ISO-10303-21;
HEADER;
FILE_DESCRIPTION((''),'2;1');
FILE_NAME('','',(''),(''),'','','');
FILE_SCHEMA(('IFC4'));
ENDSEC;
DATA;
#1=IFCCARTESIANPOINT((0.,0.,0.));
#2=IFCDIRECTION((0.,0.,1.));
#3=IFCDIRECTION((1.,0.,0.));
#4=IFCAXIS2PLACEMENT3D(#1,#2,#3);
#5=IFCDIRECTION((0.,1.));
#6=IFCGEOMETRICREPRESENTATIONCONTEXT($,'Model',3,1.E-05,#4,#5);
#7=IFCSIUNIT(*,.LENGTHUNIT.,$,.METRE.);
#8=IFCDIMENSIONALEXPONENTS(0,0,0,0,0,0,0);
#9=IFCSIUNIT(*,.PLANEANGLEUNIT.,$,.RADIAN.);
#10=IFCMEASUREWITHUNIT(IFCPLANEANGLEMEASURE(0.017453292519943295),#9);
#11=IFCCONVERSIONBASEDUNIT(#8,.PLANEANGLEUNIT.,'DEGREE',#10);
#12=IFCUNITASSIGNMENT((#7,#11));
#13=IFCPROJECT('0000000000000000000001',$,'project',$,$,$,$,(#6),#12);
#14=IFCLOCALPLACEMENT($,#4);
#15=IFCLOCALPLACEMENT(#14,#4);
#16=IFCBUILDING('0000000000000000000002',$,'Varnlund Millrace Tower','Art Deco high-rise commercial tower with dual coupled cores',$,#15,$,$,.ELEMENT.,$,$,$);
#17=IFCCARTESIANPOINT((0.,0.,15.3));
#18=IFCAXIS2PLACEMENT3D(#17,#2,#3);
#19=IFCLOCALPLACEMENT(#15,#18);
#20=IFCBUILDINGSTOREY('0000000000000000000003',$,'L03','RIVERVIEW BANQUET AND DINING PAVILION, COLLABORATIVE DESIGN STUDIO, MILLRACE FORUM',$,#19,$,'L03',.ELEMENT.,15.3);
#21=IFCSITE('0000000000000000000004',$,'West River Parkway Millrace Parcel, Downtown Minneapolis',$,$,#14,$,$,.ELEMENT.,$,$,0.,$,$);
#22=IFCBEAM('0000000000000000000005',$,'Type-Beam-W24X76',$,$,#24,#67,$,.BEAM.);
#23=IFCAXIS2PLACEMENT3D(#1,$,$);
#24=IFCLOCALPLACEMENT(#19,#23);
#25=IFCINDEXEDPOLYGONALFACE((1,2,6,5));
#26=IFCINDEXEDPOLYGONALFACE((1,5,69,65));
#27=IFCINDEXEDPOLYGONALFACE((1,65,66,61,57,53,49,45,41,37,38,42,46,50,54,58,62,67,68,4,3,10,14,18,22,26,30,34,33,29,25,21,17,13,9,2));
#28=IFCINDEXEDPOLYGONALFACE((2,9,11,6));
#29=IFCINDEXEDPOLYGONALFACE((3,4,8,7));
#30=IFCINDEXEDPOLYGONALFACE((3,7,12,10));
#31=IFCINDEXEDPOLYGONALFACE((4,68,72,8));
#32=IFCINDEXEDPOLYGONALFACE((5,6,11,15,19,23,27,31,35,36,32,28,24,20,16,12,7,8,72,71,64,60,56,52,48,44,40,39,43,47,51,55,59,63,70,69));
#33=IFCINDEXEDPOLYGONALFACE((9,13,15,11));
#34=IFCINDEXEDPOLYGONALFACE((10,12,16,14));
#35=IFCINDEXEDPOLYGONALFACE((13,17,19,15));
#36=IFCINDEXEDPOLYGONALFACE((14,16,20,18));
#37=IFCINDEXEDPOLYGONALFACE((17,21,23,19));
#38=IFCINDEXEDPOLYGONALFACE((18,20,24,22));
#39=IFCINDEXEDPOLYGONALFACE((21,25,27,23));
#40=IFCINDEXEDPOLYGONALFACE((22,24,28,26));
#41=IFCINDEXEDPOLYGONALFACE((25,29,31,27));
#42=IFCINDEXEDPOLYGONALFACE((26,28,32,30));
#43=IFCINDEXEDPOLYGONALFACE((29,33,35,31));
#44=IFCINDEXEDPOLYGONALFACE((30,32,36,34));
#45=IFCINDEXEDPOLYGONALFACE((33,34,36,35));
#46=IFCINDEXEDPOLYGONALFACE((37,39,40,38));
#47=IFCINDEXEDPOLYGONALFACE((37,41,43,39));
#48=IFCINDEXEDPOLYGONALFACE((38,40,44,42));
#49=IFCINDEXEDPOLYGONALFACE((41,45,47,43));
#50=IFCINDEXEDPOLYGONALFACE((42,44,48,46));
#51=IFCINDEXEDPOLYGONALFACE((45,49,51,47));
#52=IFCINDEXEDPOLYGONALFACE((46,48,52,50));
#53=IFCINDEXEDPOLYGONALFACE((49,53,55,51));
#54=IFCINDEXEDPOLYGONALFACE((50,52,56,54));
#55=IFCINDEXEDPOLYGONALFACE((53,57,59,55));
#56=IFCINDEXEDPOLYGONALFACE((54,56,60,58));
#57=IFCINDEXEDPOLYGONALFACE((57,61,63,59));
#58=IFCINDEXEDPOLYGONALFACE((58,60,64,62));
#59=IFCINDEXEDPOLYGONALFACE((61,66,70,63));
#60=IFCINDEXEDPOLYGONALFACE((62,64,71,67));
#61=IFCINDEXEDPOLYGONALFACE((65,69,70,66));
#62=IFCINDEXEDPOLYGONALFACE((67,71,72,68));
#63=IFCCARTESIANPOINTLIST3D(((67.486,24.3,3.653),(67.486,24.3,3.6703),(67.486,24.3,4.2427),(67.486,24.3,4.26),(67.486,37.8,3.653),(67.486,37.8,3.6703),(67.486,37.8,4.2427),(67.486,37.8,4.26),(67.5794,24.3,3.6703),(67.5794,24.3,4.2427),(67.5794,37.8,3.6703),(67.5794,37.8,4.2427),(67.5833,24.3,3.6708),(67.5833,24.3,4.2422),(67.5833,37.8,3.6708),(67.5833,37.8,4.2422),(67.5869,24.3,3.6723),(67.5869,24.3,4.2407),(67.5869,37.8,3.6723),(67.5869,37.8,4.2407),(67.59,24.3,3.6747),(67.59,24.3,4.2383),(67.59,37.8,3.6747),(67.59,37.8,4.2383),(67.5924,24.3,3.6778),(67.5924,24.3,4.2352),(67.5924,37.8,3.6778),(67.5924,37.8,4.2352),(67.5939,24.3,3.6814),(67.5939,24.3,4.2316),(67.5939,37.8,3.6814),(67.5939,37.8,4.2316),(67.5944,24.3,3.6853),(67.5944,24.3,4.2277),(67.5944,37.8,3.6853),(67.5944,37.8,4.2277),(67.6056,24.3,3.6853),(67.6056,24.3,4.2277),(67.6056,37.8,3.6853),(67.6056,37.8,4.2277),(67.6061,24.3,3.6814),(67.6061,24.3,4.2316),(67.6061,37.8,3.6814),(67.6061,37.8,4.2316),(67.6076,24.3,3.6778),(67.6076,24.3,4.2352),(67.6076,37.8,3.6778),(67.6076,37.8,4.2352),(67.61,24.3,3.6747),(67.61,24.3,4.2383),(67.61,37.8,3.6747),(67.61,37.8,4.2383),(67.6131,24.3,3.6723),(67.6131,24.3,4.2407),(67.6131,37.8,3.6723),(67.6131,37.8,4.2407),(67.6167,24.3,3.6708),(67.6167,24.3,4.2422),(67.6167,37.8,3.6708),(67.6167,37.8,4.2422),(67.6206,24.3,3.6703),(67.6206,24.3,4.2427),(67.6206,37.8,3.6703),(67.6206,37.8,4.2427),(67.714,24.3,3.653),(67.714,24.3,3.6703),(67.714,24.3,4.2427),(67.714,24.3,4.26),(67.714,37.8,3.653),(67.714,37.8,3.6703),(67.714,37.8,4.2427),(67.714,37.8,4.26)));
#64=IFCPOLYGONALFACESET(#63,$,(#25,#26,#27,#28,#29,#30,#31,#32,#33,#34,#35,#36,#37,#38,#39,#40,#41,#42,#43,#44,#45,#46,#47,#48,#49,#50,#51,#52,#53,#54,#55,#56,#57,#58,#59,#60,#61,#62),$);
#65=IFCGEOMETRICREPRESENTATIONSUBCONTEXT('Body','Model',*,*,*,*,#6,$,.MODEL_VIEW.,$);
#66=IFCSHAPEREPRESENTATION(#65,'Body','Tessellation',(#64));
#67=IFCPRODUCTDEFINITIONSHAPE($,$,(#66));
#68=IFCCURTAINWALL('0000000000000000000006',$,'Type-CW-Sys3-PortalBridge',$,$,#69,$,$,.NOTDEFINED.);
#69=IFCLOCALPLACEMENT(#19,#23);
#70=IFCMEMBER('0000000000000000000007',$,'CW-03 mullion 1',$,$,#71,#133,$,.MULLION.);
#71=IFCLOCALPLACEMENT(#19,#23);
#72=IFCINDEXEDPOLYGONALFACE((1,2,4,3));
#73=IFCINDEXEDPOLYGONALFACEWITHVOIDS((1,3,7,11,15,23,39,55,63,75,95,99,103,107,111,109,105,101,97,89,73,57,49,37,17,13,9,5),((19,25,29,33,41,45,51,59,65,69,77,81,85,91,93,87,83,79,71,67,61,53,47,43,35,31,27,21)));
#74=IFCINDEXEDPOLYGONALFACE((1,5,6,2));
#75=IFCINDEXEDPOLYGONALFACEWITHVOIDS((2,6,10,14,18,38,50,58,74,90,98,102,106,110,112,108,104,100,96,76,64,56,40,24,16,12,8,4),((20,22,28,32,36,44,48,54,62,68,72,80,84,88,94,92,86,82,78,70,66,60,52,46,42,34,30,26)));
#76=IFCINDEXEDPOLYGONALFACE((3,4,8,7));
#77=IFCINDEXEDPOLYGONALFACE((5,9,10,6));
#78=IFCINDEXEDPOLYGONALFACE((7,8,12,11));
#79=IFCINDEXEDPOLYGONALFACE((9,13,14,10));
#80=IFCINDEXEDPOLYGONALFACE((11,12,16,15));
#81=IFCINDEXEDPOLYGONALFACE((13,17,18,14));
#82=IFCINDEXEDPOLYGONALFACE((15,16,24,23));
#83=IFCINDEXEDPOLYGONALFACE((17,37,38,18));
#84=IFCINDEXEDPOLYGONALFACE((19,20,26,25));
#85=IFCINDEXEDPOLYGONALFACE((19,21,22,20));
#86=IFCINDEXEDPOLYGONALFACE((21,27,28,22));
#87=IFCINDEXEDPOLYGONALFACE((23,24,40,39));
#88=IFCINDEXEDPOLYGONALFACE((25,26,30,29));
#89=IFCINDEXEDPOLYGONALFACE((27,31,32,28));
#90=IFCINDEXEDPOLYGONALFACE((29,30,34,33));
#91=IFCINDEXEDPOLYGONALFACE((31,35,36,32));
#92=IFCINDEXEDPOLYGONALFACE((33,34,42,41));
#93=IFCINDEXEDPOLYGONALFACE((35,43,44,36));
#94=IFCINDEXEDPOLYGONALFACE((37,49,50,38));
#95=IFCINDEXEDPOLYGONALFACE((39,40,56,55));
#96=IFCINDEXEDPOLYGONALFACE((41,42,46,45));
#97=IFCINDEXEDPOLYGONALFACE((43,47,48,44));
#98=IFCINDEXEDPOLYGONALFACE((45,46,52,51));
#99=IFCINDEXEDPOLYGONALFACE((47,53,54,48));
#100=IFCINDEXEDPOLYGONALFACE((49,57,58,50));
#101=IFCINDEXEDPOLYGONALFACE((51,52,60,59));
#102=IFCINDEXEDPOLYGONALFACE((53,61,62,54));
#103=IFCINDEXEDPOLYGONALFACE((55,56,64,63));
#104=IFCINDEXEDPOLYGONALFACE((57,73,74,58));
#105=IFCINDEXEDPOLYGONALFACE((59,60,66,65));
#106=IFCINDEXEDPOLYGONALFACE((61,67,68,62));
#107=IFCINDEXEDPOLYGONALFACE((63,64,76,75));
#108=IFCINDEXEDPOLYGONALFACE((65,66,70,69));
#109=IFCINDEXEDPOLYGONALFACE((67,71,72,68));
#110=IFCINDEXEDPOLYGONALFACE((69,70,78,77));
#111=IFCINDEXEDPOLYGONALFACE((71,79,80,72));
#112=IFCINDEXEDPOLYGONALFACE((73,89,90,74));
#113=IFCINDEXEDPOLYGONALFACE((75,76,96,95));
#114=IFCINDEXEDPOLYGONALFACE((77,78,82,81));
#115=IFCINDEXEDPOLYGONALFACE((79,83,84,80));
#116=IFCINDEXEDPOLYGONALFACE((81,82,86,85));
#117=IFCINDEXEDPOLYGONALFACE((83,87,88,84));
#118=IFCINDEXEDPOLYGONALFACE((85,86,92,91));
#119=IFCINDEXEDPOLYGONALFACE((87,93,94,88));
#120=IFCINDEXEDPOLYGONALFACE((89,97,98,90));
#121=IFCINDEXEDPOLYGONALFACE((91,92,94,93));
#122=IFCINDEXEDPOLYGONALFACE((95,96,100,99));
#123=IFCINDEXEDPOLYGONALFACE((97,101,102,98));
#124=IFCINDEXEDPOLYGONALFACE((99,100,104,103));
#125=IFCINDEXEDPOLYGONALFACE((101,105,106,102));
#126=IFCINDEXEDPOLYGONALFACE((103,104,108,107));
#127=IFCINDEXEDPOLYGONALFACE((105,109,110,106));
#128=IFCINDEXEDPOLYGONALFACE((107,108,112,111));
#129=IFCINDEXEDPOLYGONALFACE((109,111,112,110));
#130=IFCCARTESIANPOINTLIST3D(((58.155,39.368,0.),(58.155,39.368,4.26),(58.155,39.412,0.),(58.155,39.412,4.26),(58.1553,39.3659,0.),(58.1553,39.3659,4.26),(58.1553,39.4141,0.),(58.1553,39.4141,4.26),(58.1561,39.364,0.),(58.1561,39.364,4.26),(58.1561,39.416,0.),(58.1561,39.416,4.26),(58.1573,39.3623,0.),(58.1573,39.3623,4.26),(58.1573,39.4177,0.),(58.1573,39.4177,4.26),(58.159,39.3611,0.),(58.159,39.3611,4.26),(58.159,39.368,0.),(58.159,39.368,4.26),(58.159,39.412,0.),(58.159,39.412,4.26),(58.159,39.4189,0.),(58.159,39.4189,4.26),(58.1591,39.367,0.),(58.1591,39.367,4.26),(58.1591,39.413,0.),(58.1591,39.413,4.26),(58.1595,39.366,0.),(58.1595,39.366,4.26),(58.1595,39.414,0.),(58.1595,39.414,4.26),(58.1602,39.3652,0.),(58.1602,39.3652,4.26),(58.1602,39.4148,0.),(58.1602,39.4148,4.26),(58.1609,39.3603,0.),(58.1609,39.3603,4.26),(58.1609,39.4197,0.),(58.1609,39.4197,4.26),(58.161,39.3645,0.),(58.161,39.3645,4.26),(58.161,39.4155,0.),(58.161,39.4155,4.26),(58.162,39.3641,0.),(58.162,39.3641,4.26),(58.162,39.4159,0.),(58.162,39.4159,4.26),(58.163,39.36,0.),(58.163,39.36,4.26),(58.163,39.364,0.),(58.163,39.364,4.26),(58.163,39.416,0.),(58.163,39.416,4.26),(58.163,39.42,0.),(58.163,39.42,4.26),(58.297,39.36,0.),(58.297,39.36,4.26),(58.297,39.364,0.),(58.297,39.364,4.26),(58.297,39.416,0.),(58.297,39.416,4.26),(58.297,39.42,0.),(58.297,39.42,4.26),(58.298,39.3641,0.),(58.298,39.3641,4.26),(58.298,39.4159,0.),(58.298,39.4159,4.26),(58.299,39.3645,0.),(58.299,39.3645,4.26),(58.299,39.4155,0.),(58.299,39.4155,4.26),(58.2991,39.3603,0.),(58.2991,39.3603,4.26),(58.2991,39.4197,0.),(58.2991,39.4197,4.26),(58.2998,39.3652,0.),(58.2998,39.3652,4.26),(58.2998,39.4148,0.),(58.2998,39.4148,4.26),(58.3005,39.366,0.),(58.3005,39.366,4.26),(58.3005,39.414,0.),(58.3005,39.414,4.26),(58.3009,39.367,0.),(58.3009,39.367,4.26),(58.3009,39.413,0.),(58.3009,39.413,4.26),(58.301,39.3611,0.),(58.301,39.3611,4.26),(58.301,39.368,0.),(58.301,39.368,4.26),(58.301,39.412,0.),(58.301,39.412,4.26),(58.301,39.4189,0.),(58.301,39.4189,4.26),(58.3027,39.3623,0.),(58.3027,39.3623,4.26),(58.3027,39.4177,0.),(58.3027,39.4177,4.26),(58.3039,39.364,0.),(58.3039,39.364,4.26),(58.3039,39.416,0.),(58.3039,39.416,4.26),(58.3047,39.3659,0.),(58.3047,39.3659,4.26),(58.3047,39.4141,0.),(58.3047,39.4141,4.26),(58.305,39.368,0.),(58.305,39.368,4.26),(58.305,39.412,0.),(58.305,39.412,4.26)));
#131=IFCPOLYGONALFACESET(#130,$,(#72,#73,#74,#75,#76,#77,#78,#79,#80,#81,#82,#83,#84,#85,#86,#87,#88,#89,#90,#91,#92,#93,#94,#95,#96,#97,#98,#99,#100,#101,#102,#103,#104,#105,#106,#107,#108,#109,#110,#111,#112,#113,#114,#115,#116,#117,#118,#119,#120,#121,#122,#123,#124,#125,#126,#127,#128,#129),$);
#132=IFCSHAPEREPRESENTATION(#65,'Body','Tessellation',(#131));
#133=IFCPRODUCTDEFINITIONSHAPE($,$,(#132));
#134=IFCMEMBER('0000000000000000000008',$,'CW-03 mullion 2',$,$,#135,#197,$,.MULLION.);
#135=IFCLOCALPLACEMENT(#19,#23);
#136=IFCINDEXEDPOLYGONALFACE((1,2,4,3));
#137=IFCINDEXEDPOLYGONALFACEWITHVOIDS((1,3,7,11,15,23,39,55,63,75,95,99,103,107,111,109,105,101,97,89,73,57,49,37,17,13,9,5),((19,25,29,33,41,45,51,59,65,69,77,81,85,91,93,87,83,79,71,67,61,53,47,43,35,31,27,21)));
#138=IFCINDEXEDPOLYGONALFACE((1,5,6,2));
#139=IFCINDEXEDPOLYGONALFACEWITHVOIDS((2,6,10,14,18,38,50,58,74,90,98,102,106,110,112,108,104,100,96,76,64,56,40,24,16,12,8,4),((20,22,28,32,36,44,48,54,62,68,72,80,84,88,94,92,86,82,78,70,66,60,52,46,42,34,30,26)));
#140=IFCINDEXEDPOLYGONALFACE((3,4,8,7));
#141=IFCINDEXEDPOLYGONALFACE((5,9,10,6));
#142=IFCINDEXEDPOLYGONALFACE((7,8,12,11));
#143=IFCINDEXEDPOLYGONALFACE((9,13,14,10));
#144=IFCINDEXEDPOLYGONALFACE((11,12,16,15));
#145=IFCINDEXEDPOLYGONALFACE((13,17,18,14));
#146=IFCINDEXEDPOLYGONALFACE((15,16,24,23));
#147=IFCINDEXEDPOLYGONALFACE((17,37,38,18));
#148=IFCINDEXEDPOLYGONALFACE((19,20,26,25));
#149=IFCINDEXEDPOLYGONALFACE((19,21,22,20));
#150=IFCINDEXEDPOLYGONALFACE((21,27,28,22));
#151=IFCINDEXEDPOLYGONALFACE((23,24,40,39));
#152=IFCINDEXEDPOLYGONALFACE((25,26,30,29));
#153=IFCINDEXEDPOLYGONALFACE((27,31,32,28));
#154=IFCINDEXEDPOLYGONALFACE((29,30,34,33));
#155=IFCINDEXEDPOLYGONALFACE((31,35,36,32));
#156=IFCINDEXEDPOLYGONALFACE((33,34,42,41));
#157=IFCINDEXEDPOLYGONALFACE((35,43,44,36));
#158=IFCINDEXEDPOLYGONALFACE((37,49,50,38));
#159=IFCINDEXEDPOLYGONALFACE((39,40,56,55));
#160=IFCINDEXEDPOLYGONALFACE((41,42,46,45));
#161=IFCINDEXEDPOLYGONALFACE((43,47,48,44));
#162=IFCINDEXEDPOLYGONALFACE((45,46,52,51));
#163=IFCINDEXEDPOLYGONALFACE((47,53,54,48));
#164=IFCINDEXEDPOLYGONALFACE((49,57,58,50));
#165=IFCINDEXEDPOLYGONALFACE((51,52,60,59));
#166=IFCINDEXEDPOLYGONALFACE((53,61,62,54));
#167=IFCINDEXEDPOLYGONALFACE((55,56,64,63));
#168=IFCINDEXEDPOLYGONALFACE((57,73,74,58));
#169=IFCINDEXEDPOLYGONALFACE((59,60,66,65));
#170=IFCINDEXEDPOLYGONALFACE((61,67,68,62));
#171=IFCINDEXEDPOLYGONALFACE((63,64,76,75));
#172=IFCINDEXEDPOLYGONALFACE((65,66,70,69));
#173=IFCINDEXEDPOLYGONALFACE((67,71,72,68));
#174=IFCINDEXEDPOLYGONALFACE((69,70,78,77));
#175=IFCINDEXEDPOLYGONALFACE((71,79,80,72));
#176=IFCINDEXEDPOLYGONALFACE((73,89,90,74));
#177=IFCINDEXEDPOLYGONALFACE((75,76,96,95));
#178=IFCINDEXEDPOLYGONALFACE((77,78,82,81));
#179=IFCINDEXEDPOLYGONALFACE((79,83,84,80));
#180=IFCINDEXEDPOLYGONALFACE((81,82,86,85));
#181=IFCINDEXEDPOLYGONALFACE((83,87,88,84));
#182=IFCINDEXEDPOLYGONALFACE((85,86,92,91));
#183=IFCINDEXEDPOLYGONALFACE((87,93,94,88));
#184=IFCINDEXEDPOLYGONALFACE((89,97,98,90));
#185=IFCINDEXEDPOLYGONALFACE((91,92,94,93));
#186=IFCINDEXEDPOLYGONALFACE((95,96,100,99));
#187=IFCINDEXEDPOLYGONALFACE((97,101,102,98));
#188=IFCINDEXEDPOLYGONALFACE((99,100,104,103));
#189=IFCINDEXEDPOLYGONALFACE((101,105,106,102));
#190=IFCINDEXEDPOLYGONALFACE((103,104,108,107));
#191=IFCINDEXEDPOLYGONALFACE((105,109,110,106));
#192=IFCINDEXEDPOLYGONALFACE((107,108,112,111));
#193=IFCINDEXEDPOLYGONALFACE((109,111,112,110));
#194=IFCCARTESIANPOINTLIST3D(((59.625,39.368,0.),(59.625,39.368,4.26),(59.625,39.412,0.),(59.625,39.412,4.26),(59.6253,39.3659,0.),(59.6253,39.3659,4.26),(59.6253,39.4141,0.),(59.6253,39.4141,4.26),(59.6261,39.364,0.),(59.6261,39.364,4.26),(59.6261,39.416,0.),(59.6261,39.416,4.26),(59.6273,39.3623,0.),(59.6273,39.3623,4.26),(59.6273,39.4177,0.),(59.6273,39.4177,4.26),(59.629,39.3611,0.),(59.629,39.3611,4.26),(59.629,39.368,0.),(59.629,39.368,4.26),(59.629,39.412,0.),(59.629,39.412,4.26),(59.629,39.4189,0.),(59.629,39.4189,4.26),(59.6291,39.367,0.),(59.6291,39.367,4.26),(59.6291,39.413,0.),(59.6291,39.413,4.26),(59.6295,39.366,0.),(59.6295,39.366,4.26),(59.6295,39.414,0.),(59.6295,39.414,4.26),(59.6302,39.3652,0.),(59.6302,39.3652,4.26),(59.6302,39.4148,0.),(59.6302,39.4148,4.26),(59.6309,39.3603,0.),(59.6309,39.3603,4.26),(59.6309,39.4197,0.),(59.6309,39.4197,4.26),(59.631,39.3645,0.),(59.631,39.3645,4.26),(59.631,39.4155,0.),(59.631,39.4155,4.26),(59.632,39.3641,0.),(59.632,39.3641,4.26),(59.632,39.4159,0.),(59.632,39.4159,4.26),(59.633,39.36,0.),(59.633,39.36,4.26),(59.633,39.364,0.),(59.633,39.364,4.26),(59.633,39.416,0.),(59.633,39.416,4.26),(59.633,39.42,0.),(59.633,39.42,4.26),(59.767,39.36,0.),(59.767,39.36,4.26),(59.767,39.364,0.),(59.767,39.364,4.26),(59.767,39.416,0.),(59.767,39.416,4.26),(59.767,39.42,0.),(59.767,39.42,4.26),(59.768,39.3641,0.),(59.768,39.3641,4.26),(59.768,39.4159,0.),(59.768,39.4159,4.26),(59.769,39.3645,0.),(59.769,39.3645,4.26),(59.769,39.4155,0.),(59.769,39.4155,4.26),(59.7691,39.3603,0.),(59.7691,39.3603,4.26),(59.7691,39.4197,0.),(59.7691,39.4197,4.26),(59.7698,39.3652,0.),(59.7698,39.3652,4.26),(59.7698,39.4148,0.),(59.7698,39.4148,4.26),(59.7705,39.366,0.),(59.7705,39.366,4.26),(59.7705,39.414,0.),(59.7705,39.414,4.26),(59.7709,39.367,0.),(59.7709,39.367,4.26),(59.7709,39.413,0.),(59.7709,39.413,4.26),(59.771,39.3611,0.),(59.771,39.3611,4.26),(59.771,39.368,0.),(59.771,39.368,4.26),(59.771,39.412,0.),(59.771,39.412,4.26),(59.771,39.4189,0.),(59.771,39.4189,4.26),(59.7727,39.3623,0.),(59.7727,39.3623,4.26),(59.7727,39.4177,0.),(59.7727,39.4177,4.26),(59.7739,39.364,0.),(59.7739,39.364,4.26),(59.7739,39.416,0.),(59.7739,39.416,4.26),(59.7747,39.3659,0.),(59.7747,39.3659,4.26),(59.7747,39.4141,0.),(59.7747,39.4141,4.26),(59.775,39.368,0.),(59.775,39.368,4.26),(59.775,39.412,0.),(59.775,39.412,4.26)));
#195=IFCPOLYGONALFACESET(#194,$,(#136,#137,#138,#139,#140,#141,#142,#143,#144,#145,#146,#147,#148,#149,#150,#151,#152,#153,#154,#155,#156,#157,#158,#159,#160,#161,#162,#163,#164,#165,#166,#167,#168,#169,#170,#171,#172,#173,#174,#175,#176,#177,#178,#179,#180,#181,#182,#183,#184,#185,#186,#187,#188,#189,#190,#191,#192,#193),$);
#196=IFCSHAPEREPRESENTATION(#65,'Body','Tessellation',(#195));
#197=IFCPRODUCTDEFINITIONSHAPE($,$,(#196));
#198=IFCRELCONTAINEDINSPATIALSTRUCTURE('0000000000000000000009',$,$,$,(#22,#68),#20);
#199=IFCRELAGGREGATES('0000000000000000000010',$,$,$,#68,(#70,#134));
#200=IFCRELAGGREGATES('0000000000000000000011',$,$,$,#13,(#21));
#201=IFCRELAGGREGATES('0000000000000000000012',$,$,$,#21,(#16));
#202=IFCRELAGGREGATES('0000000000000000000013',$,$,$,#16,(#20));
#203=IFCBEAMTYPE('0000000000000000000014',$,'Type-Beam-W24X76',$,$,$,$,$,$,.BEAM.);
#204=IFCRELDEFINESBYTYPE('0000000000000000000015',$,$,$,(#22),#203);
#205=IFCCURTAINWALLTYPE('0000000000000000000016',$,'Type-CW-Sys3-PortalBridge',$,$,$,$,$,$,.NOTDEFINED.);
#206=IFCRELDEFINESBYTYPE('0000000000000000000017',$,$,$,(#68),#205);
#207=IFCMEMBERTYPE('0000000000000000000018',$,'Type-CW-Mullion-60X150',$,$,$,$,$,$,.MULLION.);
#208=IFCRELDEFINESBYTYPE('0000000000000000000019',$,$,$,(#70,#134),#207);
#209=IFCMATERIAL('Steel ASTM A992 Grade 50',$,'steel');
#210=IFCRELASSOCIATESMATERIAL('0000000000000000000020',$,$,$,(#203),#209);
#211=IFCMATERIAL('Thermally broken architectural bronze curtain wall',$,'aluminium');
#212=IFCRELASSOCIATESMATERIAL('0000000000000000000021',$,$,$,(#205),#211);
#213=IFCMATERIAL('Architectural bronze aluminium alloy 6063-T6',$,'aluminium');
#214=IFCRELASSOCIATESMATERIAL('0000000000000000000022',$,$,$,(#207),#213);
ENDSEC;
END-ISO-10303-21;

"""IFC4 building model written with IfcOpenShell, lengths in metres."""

from ifc_helpers import new_model, entity, si_unit, converted_unit, direction, frame, origin_with_axes, origin_2d_with_axis, place, context, subcontext, project, spatial, hollow_rectangle, i_section, extrude, material, material_profile, profile_set, type_object, element, aggregate, save


model = new_model("IFC4")

# Units and contexts
model_context = context("Model", 3, precision=1e-05, world=origin_with_axes(), true_north=direction((0.0, 1.0)))
body_context = subcontext(model_context, "Body", "Model", "MODEL_VIEW")
ifc_project = project(units=[si_unit("LENGTHUNIT", "METRE"), converted_unit("PLANEANGLEUNIT", "DEGREE", entity("IfcPlaneAngleMeasure", 0.017453292519943295), si_unit("PLANEANGLEUNIT", "RADIAN"), dimensions=[0, 0, 0, 0, 0, 0, 0])], contexts=[model_context])

# Site, building, storey
site_placement = place(None, origin_with_axes())
site = spatial("IfcSite", under=ifc_project, at=site_placement, Name="West River Parkway Millrace Parcel, Downtown Minneapolis", CompositionType="ELEMENT", RefElevation=0.0)
building_placement = place(site_placement, origin_with_axes())
building = spatial("IfcBuilding", under=site, at=building_placement, Name="Varnlund Millrace Tower", Description="Art Deco high-rise commercial tower with dual coupled cores", CompositionType="ELEMENT")
storey_placement = place(building_placement, frame((0.0, 0.0, 15.3), z_axis=(0.0, 0.0, 1.0), x_axis=(1.0, 0.0, 0.0)))
storey = spatial("IfcBuildingStorey", under=building, at=storey_placement, Name="L03", Description="RIVERVIEW BANQUET AND DINING PAVILION, COLLABORATIVE DESIGN STUDIO, MILLRACE FORUM", LongName="L03", CompositionType="ELEMENT", Elevation=15.3)

# Beam
ifc_material_1 = material(Name="Steel ASTM A992 Grade 50", Category="steel")
ifc_material_profile_1 = material_profile(ifc_material_1, i_section(OverallWidth=0.228, OverallDepth=0.607, WebThickness=0.0112, FlangeThickness=0.0173, FilletRadius=0.015, at=origin_2d_with_axis()), Name="Steel ASTM A992 Grade 50")
ifc_profile_set_1 = profile_set([ifc_material_profile_1], Name="Steel ASTM A992 Grade 50")
beam_type_1 = type_object("IfcBeamType", Name="Type-Beam-W24X76", PredefinedType="BEAM", material=ifc_profile_set_1)
beam_1_placement = place(storey_placement, frame((67.6, 24.3, 3.9565), z_axis=(0.0, 1.0, 0.0), x_axis=(-1.0, 0.0, 0.0)))
element("IfcBeam", 1, at=beam_1_placement, inside=storey, type_object=beam_type_1, Name="Type-Beam-W24X76", PredefinedType="BEAM", context=body_context, shape_type="SweptSolid", body=[
    extrude(i_section(OverallWidth=0.228, OverallDepth=0.607, WebThickness=0.0112, FlangeThickness=0.0173, FilletRadius=0.015, at=origin_2d_with_axis()), origin_with_axes(), (0.0, 0.0, 1.0), 13.5),
])

# Curtain wall, members
ifc_material_2 = material(Name="Thermally broken architectural bronze curtain wall", Category="aluminium")
curtain_wall_type = type_object("IfcCurtainWallType", Name="Type-CW-Sys3-PortalBridge", PredefinedType="NOTDEFINED", material=ifc_material_2)
curtain_wall_placement = place(storey_placement, frame((58.2, 39.39, 0.0), z_axis=(0.0, 0.0, 1.0), x_axis=(1.0, 0.0, 0.0)))
curtain_wall = element("IfcCurtainWall", 2, at=curtain_wall_placement, inside=storey, type_object=curtain_wall_type, Name="Type-CW-Sys3-PortalBridge", PredefinedType="NOTDEFINED")
ifc_material_3 = material(Name="Architectural bronze aluminium alloy 6063-T6", Category="aluminium")
ifc_material_profile_2 = material_profile(ifc_material_3, hollow_rectangle(XDim=0.06, YDim=0.15, WallThickness=0.004, InnerFilletRadius=0.004, OuterFilletRadius=0.008, at=origin_2d_with_axis()), Name="Architectural bronze aluminium alloy 6063-T6")
ifc_profile_set_2 = profile_set([ifc_material_profile_2], Name="Architectural bronze aluminium alloy 6063-T6")
member_type_1 = type_object("IfcMemberType", Name="Type-CW-Mullion-60X150", PredefinedType="MULLION", material=ifc_profile_set_2)
member_1_placement = place(storey_placement, frame((58.23, 39.39, 0.0), z_axis=(0.0, 0.0, 1.0), x_axis=(0.0, 1.0, 0.0)))
member_1 = element("IfcMember", 3, at=member_1_placement, type_object=member_type_1, Name="CW-03 mullion 1", PredefinedType="MULLION", context=body_context, shape_type="SweptSolid", body=[
    extrude(hollow_rectangle(XDim=0.06, YDim=0.15, WallThickness=0.004, InnerFilletRadius=0.004, OuterFilletRadius=0.008, at=origin_2d_with_axis()), origin_with_axes(), (0.0, 0.0, 1.0), 4.26),
])
member_2_placement = place(storey_placement, frame((59.7, 39.39, 0.0), z_axis=(0.0, 0.0, 1.0), x_axis=(0.0, 1.0, 0.0)))
member_2 = element("IfcMember", 4, at=member_2_placement, type_object=member_type_1, Name="CW-03 mullion 2", PredefinedType="MULLION", context=body_context, shape_type="SweptSolid", body=[
    extrude(hollow_rectangle(XDim=0.06, YDim=0.15, WallThickness=0.004, InnerFilletRadius=0.004, OuterFilletRadius=0.008, at=origin_2d_with_axis()), origin_with_axes(), (0.0, 0.0, 1.0), 4.26),
])

aggregate(curtain_wall, [member_1, member_2])

save(model, "model.ifc")
